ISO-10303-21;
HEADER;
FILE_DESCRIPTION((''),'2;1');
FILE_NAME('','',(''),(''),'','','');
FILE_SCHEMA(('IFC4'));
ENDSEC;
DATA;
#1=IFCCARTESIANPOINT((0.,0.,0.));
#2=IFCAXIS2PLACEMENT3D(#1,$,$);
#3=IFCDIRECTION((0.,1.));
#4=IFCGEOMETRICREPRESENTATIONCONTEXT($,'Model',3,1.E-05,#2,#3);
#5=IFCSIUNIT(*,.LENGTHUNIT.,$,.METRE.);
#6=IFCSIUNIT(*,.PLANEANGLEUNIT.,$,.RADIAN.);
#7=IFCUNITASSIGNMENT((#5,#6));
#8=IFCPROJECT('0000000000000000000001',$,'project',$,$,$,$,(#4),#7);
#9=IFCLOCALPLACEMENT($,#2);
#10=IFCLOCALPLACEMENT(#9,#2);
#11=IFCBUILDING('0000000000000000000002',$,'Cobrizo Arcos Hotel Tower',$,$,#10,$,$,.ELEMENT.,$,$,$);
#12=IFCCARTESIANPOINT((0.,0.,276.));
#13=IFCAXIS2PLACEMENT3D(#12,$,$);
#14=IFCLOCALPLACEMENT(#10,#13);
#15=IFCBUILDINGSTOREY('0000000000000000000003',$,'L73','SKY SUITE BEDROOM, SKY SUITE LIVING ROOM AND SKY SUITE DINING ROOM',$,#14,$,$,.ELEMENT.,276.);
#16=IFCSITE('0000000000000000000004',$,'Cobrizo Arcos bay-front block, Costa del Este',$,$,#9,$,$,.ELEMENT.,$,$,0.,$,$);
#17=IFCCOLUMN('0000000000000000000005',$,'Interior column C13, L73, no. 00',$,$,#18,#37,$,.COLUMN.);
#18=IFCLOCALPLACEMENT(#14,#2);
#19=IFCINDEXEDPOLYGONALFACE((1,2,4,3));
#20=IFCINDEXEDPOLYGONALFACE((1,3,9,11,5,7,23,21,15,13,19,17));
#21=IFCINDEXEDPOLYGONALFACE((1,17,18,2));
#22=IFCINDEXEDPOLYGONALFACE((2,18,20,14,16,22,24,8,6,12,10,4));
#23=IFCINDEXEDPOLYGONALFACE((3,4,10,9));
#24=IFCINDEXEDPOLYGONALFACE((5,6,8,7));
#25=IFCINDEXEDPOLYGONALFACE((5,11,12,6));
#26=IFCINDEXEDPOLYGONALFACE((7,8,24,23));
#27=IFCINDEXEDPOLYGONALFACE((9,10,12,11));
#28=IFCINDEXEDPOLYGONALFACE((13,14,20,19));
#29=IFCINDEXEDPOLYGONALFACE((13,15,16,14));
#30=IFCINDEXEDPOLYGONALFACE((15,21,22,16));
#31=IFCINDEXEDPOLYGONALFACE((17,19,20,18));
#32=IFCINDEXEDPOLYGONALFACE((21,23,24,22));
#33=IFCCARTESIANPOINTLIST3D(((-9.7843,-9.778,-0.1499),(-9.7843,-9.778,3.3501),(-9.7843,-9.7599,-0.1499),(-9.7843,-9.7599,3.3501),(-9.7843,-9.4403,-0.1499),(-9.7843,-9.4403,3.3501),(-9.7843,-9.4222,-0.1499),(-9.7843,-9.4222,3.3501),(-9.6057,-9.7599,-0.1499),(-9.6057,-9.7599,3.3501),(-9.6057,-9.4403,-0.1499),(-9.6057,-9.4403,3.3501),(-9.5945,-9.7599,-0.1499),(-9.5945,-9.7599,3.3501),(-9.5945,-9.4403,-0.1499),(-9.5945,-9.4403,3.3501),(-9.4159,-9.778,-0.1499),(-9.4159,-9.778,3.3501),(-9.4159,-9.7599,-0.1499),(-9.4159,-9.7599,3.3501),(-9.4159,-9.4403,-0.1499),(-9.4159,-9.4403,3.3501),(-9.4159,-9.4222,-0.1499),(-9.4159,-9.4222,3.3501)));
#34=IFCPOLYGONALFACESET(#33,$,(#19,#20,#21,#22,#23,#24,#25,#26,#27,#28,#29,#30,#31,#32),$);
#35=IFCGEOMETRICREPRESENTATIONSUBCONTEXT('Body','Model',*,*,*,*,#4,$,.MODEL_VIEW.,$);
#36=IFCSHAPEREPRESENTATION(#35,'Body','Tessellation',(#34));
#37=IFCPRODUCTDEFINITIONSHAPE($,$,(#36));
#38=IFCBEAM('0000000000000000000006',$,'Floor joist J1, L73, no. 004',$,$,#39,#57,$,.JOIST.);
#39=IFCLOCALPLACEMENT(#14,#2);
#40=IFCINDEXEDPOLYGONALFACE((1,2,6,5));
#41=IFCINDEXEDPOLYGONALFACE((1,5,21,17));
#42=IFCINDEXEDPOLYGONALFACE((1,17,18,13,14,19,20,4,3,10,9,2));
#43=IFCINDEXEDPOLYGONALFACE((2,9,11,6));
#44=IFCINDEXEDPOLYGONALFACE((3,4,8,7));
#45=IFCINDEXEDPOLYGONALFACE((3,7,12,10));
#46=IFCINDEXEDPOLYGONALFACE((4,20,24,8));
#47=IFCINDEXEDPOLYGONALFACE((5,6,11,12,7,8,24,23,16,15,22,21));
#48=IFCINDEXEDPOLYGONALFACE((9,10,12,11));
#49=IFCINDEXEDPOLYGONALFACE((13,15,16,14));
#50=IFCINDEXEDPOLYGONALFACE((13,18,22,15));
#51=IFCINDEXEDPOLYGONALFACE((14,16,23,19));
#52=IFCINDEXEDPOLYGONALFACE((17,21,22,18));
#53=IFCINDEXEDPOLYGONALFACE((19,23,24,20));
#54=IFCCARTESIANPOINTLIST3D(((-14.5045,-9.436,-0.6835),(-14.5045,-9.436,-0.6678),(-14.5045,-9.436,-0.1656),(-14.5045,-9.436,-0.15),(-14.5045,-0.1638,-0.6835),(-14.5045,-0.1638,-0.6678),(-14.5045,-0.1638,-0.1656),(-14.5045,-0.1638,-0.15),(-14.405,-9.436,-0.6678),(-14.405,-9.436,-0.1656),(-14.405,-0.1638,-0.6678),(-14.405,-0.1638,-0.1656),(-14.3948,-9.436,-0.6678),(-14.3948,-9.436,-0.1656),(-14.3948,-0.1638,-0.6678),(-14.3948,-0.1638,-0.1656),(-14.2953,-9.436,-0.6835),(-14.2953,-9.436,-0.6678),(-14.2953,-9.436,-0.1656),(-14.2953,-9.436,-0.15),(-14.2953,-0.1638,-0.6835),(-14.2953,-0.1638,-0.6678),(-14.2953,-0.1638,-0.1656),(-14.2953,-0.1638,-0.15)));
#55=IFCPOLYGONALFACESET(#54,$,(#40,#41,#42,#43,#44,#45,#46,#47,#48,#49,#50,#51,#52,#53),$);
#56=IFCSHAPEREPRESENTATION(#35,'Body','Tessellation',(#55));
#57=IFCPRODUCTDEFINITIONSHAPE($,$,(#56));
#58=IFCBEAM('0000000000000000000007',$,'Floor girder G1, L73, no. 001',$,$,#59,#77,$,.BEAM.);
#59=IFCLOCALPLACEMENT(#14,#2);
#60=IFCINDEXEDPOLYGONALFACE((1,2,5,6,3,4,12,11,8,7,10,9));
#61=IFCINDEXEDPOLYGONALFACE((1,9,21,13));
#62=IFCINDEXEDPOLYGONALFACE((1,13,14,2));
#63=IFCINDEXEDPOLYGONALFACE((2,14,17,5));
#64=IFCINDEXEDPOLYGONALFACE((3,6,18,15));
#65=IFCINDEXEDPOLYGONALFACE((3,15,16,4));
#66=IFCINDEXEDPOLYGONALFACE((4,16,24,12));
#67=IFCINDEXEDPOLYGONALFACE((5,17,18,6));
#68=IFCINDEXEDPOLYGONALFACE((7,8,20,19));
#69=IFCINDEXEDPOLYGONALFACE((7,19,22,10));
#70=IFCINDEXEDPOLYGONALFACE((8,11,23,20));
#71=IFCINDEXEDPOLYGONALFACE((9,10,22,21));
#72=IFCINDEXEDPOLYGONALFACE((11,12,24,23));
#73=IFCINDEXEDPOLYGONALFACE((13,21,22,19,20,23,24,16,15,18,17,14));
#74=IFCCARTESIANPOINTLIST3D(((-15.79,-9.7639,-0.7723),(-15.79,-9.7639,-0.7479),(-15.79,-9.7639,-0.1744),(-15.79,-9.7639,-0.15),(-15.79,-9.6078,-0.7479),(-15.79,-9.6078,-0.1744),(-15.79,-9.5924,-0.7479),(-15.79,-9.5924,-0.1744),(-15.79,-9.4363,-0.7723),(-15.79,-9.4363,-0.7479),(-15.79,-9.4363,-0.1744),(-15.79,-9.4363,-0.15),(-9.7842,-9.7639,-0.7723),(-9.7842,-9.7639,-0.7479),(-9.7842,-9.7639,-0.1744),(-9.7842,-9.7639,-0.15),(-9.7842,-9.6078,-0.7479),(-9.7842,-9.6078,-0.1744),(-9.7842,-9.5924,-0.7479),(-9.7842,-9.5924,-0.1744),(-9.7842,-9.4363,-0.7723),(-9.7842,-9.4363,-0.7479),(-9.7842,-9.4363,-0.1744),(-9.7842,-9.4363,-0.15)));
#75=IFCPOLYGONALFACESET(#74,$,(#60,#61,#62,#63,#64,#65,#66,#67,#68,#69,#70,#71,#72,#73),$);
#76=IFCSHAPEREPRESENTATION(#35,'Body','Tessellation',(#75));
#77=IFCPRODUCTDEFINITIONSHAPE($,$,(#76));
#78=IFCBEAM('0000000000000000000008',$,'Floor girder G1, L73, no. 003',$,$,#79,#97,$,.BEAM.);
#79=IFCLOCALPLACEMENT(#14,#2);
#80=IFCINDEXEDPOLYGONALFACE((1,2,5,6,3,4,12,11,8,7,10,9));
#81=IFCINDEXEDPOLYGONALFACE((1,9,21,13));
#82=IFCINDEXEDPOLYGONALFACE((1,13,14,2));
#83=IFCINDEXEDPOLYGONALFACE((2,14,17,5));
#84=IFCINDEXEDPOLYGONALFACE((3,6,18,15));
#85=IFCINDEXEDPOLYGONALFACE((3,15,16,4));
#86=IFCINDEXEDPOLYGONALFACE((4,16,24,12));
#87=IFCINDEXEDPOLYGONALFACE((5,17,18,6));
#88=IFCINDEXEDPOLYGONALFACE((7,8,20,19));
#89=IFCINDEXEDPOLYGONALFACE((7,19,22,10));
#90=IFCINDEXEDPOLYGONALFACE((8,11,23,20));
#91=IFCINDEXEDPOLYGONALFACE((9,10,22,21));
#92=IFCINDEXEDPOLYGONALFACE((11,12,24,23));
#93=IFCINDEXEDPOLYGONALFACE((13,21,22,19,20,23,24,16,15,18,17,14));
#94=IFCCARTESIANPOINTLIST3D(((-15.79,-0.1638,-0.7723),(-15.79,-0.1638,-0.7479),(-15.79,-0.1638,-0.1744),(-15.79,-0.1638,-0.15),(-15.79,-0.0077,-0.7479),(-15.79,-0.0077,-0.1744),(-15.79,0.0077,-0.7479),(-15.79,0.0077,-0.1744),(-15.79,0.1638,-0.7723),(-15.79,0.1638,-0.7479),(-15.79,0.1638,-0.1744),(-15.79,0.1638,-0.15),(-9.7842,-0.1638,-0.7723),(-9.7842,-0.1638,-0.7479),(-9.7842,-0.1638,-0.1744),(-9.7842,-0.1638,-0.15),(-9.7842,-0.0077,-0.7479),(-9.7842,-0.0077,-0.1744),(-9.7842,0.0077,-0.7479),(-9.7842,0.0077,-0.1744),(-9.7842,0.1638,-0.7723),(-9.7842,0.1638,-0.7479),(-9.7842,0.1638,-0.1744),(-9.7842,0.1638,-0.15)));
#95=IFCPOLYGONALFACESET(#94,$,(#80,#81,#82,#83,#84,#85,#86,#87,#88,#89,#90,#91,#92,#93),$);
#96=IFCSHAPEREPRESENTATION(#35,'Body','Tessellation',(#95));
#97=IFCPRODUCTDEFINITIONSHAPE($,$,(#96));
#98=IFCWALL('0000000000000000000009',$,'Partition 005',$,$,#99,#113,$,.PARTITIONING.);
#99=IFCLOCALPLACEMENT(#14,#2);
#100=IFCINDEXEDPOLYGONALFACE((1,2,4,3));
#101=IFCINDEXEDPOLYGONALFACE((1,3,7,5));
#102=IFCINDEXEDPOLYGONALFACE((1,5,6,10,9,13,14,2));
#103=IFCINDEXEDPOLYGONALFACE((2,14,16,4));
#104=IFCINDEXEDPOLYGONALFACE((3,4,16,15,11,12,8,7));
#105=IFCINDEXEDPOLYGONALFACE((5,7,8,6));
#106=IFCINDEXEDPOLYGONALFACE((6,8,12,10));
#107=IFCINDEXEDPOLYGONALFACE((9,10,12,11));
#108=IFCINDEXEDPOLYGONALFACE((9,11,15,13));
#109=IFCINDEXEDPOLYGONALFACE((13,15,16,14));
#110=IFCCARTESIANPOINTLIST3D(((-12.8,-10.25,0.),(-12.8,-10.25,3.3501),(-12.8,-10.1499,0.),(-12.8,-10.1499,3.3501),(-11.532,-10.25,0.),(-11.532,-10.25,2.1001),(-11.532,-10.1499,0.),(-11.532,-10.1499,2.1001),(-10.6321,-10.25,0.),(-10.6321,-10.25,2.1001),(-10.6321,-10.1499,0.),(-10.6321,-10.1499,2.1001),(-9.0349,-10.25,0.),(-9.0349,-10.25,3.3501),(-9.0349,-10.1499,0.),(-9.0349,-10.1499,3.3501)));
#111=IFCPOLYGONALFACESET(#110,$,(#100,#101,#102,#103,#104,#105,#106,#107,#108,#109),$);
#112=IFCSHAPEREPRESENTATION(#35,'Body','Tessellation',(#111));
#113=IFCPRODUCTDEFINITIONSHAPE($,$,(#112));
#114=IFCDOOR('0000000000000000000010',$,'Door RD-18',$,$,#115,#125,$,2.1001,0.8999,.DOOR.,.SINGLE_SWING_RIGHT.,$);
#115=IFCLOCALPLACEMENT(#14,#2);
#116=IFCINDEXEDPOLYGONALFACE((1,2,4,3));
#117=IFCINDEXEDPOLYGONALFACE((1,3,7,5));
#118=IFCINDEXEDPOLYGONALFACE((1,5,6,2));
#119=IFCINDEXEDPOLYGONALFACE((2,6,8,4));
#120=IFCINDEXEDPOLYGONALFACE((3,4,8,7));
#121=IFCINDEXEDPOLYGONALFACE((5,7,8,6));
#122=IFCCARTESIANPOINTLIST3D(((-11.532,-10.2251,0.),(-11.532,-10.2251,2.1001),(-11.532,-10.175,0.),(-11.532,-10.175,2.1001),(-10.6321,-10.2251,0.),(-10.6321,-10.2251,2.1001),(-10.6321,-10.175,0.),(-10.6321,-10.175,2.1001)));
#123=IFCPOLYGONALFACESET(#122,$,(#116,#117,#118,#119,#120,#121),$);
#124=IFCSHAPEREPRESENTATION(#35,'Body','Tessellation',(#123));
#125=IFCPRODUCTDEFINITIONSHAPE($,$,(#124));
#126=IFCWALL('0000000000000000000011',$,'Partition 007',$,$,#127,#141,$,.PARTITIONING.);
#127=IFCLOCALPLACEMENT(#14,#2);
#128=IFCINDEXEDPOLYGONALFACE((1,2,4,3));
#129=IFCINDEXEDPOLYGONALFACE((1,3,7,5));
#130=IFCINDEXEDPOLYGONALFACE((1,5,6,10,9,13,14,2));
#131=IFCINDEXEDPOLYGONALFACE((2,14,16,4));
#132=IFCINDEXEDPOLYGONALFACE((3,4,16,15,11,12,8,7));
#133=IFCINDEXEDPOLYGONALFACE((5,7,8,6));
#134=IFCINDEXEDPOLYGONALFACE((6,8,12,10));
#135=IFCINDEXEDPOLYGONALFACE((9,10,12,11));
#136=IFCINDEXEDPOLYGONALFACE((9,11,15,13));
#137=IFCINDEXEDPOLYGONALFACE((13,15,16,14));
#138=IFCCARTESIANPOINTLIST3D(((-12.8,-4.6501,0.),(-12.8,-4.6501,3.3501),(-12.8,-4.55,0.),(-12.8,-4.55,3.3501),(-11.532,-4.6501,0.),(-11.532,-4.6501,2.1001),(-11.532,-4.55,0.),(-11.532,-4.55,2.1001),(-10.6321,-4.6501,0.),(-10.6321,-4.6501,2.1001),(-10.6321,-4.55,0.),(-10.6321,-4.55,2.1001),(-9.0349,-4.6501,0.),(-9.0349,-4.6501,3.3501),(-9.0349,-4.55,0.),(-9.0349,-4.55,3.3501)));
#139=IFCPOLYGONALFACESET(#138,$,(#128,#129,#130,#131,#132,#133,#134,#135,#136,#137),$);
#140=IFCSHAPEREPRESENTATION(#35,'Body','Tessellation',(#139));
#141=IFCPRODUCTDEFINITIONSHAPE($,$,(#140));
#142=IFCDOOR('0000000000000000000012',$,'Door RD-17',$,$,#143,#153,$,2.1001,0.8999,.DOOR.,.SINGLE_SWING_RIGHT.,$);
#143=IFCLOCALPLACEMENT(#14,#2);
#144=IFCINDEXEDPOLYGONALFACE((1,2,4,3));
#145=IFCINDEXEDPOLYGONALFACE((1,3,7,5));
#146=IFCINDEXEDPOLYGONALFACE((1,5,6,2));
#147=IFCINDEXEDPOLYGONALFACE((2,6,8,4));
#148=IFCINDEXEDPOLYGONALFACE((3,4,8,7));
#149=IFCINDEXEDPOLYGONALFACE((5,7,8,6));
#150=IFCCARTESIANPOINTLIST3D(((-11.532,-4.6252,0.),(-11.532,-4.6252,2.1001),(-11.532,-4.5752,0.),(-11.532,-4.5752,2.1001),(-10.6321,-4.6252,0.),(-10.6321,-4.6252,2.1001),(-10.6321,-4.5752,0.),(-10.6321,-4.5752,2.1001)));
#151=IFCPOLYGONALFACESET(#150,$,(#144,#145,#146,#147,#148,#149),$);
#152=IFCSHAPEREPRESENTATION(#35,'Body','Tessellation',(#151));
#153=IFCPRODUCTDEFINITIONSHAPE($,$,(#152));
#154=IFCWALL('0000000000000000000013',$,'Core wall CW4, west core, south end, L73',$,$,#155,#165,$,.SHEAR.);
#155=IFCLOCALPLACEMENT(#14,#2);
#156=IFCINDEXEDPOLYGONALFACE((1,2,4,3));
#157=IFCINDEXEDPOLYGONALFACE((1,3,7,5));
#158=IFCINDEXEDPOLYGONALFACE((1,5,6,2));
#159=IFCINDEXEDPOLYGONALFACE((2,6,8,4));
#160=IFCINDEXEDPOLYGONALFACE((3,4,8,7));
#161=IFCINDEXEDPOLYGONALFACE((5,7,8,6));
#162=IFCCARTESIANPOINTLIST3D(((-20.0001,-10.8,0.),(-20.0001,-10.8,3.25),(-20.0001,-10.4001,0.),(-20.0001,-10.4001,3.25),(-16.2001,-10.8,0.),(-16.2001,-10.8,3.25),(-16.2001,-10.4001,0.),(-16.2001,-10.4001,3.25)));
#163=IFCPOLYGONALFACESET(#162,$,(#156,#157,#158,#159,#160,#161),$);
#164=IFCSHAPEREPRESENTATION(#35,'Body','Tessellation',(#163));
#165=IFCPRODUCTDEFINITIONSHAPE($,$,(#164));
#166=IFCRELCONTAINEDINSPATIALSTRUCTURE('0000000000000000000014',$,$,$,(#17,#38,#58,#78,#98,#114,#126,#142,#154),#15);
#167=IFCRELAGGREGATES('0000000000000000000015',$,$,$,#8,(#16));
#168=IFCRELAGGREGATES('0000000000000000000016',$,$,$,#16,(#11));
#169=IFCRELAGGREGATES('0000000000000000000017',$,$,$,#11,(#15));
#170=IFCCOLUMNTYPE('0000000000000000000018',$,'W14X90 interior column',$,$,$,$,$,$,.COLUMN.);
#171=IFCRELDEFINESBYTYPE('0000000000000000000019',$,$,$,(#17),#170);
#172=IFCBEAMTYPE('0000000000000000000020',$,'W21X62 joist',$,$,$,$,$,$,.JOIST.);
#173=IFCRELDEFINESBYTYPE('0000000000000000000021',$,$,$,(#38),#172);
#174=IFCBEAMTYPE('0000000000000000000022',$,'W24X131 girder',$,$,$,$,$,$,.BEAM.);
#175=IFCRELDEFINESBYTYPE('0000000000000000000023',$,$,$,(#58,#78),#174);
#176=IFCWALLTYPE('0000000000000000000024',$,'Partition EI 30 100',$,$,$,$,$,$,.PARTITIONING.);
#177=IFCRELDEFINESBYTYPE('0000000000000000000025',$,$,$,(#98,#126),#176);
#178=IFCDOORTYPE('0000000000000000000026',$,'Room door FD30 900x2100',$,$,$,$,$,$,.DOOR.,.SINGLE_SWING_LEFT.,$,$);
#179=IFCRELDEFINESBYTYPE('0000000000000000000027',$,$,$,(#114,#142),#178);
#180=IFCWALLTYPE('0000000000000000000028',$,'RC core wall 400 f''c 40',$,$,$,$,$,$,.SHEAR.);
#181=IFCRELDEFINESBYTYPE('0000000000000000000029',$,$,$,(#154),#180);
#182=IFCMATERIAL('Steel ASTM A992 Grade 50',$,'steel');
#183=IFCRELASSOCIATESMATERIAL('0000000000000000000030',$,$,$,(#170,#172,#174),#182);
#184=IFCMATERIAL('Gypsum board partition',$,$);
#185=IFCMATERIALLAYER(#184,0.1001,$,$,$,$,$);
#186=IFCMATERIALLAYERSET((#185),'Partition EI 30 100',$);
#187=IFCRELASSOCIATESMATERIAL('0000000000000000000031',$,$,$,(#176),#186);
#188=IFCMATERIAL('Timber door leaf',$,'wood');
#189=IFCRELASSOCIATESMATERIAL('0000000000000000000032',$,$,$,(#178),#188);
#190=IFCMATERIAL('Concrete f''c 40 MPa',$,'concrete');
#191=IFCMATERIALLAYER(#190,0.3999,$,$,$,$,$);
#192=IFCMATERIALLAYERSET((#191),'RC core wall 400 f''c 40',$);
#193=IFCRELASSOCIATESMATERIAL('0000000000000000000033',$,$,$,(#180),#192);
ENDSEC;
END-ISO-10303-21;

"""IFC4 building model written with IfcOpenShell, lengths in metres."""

from ifc_helpers import new_model, si_unit, direction, frame, frame_2d, origin, origin_2d, place, context, subcontext, project, spatial, rectangle, i_section, extrude, material, layer, layer_set, material_profile, profile_set, type_object, element, fill, save


model = new_model("IFC4")

# Units and contexts
model_context = context("Model", 3, precision=1e-05, world=origin(), true_north=direction((0.0, 1.0)))
body_context = subcontext(model_context, "Body", "Model", "MODEL_VIEW")
ifc_project = project(units=[si_unit("LENGTHUNIT", "METRE"), si_unit("PLANEANGLEUNIT", "RADIAN")], contexts=[model_context])

# Site, building, storey
site_placement = place(None, origin())
site = spatial("IfcSite", under=ifc_project, at=site_placement, Name="Cobrizo Arcos bay-front block, Costa del Este", CompositionType="ELEMENT", RefElevation=0.0)
building_placement = place(site_placement, origin())
building = spatial("IfcBuilding", under=site, at=building_placement, Name="Cobrizo Arcos Hotel Tower", CompositionType="ELEMENT")
storey_placement = place(building_placement, frame((0.0, 0.0, 276.0)))
storey = spatial("IfcBuildingStorey", under=building, at=storey_placement, Name="L73", Description="SKY SUITE BEDROOM, SKY SUITE LIVING ROOM AND SKY SUITE DINING ROOM", CompositionType="ELEMENT", Elevation=276.0)

# Column
ifc_material_1 = material(Name="Steel ASTM A992 Grade 50", Category="steel")
ifc_material_profile_1 = material_profile(ifc_material_1, i_section(OverallWidth=0.3684, OverallDepth=0.3557, WebThickness=0.0112, FlangeThickness=0.0181, at=origin_2d()), Name="W14X90")
ifc_profile_set_1 = profile_set([ifc_material_profile_1], Name="Steel ASTM A992 Grade 50")
column_type = type_object("IfcColumnType", Name="W14X90 interior column", PredefinedType="COLUMN", material=ifc_profile_set_1)
column_placement = place(storey_placement, frame((-9.6001, -9.6001, -0.1499), z_axis=(0.0, 0.0, 1.0), x_axis=(1.0, 0.0, 0.0)))
element("IfcColumn", 1, at=column_placement, inside=storey, type_object=column_type, Name="Interior column C13, L73, no. 00", PredefinedType="COLUMN", context=body_context, shape_type="SweptSolid", body=[
    extrude(i_section(OverallWidth=0.3684, OverallDepth=0.3557, WebThickness=0.0112, FlangeThickness=0.0181, at=origin_2d()), origin(), (0.0, 0.0, 1.0), 3.5),
])

# Beams
ifc_material_profile_2 = material_profile(ifc_material_1, i_section(OverallWidth=0.2092, OverallDepth=0.5334, WebThickness=0.0103, FlangeThickness=0.0156, at=origin_2d()), Name="W21X62")
ifc_profile_set_2 = profile_set([ifc_material_profile_2], Name="Steel ASTM A992 Grade 50")
beam_type_1 = type_object("IfcBeamType", Name="W21X62 joist", PredefinedType="JOIST", material=ifc_profile_set_2)
beam_placement = place(storey_placement, frame((-14.3999, -9.436, -0.4167), z_axis=(0.0, 1.0, 0.0), x_axis=(-1.0, 0.0, 0.0)))
element("IfcBeam", 2, at=beam_placement, inside=storey, type_object=beam_type_1, Name="Floor joist J1, L73, no. 004", PredefinedType="JOIST", context=body_context, shape_type="SweptSolid", body=[
    extrude(i_section(OverallWidth=0.2092, OverallDepth=0.5334, WebThickness=0.0103, FlangeThickness=0.0156, at=origin_2d()), origin(), (0.0, 0.0, 1.0), 9.2722),
])
ifc_material_profile_3 = material_profile(ifc_material_1, i_section(OverallWidth=0.3276, OverallDepth=0.6223, WebThickness=0.0154, FlangeThickness=0.0244, at=origin_2d()), Name="W24X131")
ifc_profile_set_3 = profile_set([ifc_material_profile_3], Name="Steel ASTM A992 Grade 50")
beam_type_2 = type_object("IfcBeamType", Name="W24X131 girder", PredefinedType="BEAM", material=ifc_profile_set_3)
for number, where, z_axis, x_axis, name in (
    (3, (-15.79, -9.6001, -0.4612), (1.0, 0.0, 0.0), (0.0, 1.0, 0.0), "Floor girder G1, L73, no. 001"),
    (4, (-15.79, 0.0, -0.4612), (1.0, 0.0, 0.0), (0.0, 1.0, 0.0), "Floor girder G1, L73, no. 003"),
):
    element("IfcBeam", number, at=place(storey_placement, frame(where, z_axis=z_axis, x_axis=x_axis)), inside=storey, type_object=beam_type_2, Name=name, PredefinedType="BEAM", context=body_context, shape_type="SweptSolid", body=[
        extrude(i_section(OverallWidth=0.3276, OverallDepth=0.6223, WebThickness=0.0154, FlangeThickness=0.0244, at=origin_2d()), origin(), (0.0, 0.0, 1.0), 6.0059),
    ])

# Walls, openings, doors
ifc_material_2 = material(Name="Gypsum board partition")
ifc_layer_1 = layer(ifc_material_2, 0.1001)
ifc_layer_set_1 = layer_set([ifc_layer_1], Name="Partition EI 30 100")
wall_type_1 = type_object("IfcWallType", Name="Partition EI 30 100", PredefinedType="PARTITIONING", material=ifc_layer_set_1)
wall_1_placement = place(storey_placement, frame((-12.8, -10.2, 0.0), z_axis=(0.0, 0.0, 1.0), x_axis=(1.0, 0.0, 0.0)))
wall_1 = element("IfcWall", 5, at=wall_1_placement, inside=storey, type_object=wall_type_1, Name="Partition 005", PredefinedType="PARTITIONING", context=body_context, shape_type="SweptSolid", body=[
    extrude(rectangle(XDim=3.7651, YDim=0.1001, at=frame_2d((1.8826, 0.0))), origin(), (0.0, 0.0, 1.0), 3.3501),
])
opening_1_placement = place(wall_1_placement, frame((1.2681, 0.0, 0.0)))
opening_1 = element("IfcOpeningElement", 6, at=opening_1_placement, cuts=wall_1, PredefinedType="OPENING", context=body_context, shape_type="SweptSolid", body=[
    extrude(rectangle(XDim=0.8999, YDim=2.1001, at=frame_2d((0.45, 1.05))), frame((0.0, 0.062, 0.0), z_axis=(0.0, -1.0, 0.0), x_axis=(1.0, 0.0, 0.0)), (0.0, 0.0, 1.0), 0.124),
])
ifc_material_3 = material(Name="Timber door leaf", Category="wood")
door_type_1 = type_object("IfcDoorType", Name="Room door FD30 900x2100", OperationType="SINGLE_SWING_LEFT", PredefinedType="DOOR", material=ifc_material_3)
door_1_placement = place(opening_1_placement, origin())
door_1 = element("IfcDoor", 7, at=door_1_placement, inside=storey, type_object=door_type_1, Name="Door RD-18", OperationType="SINGLE_SWING_RIGHT", OverallHeight=2.1001, OverallWidth=0.8999, PredefinedType="DOOR", context=body_context, shape_type="SweptSolid", body=[
    extrude(rectangle(XDim=0.8999, YDim=2.1001, at=frame_2d((0.45, 1.05))), frame((0.0, 0.0249, 0.0), z_axis=(0.0, -1.0, 0.0), x_axis=(1.0, 0.0, 0.0)), (0.0, 0.0, 1.0), 0.05),
])
fill(opening_1, door_1)
wall_2_placement = place(storey_placement, frame((-12.8, -4.6001, 0.0), z_axis=(0.0, 0.0, 1.0), x_axis=(1.0, 0.0, 0.0)))
wall_2 = element("IfcWall", 8, at=wall_2_placement, inside=storey, type_object=wall_type_1, Name="Partition 007", PredefinedType="PARTITIONING", context=body_context, shape_type="SweptSolid", body=[
    extrude(rectangle(XDim=3.7651, YDim=0.1001, at=frame_2d((1.8826, 0.0))), origin(), (0.0, 0.0, 1.0), 3.3501),
])
opening_2_placement = place(wall_2_placement, frame((1.2681, 0.0, 0.0)))
opening_2 = element("IfcOpeningElement", 9, at=opening_2_placement, cuts=wall_2, PredefinedType="OPENING", context=body_context, shape_type="SweptSolid", body=[
    extrude(rectangle(XDim=0.8999, YDim=2.1001, at=frame_2d((0.45, 1.05))), frame((0.0, 0.062, 0.0), z_axis=(0.0, -1.0, 0.0), x_axis=(1.0, 0.0, 0.0)), (0.0, 0.0, 1.0), 0.124),
])
door_2_placement = place(opening_2_placement, origin())
door_2 = element("IfcDoor", 10, at=door_2_placement, inside=storey, type_object=door_type_1, Name="Door RD-17", OperationType="SINGLE_SWING_RIGHT", OverallHeight=2.1001, OverallWidth=0.8999, PredefinedType="DOOR", context=body_context, shape_type="SweptSolid", body=[
    extrude(rectangle(XDim=0.8999, YDim=2.1001, at=frame_2d((0.45, 1.05))), frame((0.0, 0.0249, 0.0), z_axis=(0.0, -1.0, 0.0), x_axis=(1.0, 0.0, 0.0)), (0.0, 0.0, 1.0), 0.05),
])
fill(opening_2, door_2)

# Wall
ifc_material_4 = material(Name="Concrete f'c 40 MPa", Category="concrete")
ifc_layer_2 = layer(ifc_material_4, 0.3999)
ifc_layer_set_2 = layer_set([ifc_layer_2], Name="RC core wall 400 f'c 40")
wall_type_2 = type_object("IfcWallType", Name="RC core wall 400 f'c 40", PredefinedType="SHEAR", material=ifc_layer_set_2)
wall_3_placement = place(storey_placement, frame((-20.0, -10.6001, 0.0), z_axis=(0.0, 0.0, 1.0), x_axis=(1.0, 0.0, 0.0)))
element("IfcWall", 11, at=wall_3_placement, inside=storey, type_object=wall_type_2, Name="Core wall CW4, west core, south end, L73", PredefinedType="SHEAR", context=body_context, shape_type="SweptSolid", body=[
    extrude(rectangle(XDim=3.8, YDim=0.3999, at=frame_2d((1.8999, 0.0))), origin(), (0.0, 0.0, 1.0), 3.25),
])

save(model, "model.ifc")
